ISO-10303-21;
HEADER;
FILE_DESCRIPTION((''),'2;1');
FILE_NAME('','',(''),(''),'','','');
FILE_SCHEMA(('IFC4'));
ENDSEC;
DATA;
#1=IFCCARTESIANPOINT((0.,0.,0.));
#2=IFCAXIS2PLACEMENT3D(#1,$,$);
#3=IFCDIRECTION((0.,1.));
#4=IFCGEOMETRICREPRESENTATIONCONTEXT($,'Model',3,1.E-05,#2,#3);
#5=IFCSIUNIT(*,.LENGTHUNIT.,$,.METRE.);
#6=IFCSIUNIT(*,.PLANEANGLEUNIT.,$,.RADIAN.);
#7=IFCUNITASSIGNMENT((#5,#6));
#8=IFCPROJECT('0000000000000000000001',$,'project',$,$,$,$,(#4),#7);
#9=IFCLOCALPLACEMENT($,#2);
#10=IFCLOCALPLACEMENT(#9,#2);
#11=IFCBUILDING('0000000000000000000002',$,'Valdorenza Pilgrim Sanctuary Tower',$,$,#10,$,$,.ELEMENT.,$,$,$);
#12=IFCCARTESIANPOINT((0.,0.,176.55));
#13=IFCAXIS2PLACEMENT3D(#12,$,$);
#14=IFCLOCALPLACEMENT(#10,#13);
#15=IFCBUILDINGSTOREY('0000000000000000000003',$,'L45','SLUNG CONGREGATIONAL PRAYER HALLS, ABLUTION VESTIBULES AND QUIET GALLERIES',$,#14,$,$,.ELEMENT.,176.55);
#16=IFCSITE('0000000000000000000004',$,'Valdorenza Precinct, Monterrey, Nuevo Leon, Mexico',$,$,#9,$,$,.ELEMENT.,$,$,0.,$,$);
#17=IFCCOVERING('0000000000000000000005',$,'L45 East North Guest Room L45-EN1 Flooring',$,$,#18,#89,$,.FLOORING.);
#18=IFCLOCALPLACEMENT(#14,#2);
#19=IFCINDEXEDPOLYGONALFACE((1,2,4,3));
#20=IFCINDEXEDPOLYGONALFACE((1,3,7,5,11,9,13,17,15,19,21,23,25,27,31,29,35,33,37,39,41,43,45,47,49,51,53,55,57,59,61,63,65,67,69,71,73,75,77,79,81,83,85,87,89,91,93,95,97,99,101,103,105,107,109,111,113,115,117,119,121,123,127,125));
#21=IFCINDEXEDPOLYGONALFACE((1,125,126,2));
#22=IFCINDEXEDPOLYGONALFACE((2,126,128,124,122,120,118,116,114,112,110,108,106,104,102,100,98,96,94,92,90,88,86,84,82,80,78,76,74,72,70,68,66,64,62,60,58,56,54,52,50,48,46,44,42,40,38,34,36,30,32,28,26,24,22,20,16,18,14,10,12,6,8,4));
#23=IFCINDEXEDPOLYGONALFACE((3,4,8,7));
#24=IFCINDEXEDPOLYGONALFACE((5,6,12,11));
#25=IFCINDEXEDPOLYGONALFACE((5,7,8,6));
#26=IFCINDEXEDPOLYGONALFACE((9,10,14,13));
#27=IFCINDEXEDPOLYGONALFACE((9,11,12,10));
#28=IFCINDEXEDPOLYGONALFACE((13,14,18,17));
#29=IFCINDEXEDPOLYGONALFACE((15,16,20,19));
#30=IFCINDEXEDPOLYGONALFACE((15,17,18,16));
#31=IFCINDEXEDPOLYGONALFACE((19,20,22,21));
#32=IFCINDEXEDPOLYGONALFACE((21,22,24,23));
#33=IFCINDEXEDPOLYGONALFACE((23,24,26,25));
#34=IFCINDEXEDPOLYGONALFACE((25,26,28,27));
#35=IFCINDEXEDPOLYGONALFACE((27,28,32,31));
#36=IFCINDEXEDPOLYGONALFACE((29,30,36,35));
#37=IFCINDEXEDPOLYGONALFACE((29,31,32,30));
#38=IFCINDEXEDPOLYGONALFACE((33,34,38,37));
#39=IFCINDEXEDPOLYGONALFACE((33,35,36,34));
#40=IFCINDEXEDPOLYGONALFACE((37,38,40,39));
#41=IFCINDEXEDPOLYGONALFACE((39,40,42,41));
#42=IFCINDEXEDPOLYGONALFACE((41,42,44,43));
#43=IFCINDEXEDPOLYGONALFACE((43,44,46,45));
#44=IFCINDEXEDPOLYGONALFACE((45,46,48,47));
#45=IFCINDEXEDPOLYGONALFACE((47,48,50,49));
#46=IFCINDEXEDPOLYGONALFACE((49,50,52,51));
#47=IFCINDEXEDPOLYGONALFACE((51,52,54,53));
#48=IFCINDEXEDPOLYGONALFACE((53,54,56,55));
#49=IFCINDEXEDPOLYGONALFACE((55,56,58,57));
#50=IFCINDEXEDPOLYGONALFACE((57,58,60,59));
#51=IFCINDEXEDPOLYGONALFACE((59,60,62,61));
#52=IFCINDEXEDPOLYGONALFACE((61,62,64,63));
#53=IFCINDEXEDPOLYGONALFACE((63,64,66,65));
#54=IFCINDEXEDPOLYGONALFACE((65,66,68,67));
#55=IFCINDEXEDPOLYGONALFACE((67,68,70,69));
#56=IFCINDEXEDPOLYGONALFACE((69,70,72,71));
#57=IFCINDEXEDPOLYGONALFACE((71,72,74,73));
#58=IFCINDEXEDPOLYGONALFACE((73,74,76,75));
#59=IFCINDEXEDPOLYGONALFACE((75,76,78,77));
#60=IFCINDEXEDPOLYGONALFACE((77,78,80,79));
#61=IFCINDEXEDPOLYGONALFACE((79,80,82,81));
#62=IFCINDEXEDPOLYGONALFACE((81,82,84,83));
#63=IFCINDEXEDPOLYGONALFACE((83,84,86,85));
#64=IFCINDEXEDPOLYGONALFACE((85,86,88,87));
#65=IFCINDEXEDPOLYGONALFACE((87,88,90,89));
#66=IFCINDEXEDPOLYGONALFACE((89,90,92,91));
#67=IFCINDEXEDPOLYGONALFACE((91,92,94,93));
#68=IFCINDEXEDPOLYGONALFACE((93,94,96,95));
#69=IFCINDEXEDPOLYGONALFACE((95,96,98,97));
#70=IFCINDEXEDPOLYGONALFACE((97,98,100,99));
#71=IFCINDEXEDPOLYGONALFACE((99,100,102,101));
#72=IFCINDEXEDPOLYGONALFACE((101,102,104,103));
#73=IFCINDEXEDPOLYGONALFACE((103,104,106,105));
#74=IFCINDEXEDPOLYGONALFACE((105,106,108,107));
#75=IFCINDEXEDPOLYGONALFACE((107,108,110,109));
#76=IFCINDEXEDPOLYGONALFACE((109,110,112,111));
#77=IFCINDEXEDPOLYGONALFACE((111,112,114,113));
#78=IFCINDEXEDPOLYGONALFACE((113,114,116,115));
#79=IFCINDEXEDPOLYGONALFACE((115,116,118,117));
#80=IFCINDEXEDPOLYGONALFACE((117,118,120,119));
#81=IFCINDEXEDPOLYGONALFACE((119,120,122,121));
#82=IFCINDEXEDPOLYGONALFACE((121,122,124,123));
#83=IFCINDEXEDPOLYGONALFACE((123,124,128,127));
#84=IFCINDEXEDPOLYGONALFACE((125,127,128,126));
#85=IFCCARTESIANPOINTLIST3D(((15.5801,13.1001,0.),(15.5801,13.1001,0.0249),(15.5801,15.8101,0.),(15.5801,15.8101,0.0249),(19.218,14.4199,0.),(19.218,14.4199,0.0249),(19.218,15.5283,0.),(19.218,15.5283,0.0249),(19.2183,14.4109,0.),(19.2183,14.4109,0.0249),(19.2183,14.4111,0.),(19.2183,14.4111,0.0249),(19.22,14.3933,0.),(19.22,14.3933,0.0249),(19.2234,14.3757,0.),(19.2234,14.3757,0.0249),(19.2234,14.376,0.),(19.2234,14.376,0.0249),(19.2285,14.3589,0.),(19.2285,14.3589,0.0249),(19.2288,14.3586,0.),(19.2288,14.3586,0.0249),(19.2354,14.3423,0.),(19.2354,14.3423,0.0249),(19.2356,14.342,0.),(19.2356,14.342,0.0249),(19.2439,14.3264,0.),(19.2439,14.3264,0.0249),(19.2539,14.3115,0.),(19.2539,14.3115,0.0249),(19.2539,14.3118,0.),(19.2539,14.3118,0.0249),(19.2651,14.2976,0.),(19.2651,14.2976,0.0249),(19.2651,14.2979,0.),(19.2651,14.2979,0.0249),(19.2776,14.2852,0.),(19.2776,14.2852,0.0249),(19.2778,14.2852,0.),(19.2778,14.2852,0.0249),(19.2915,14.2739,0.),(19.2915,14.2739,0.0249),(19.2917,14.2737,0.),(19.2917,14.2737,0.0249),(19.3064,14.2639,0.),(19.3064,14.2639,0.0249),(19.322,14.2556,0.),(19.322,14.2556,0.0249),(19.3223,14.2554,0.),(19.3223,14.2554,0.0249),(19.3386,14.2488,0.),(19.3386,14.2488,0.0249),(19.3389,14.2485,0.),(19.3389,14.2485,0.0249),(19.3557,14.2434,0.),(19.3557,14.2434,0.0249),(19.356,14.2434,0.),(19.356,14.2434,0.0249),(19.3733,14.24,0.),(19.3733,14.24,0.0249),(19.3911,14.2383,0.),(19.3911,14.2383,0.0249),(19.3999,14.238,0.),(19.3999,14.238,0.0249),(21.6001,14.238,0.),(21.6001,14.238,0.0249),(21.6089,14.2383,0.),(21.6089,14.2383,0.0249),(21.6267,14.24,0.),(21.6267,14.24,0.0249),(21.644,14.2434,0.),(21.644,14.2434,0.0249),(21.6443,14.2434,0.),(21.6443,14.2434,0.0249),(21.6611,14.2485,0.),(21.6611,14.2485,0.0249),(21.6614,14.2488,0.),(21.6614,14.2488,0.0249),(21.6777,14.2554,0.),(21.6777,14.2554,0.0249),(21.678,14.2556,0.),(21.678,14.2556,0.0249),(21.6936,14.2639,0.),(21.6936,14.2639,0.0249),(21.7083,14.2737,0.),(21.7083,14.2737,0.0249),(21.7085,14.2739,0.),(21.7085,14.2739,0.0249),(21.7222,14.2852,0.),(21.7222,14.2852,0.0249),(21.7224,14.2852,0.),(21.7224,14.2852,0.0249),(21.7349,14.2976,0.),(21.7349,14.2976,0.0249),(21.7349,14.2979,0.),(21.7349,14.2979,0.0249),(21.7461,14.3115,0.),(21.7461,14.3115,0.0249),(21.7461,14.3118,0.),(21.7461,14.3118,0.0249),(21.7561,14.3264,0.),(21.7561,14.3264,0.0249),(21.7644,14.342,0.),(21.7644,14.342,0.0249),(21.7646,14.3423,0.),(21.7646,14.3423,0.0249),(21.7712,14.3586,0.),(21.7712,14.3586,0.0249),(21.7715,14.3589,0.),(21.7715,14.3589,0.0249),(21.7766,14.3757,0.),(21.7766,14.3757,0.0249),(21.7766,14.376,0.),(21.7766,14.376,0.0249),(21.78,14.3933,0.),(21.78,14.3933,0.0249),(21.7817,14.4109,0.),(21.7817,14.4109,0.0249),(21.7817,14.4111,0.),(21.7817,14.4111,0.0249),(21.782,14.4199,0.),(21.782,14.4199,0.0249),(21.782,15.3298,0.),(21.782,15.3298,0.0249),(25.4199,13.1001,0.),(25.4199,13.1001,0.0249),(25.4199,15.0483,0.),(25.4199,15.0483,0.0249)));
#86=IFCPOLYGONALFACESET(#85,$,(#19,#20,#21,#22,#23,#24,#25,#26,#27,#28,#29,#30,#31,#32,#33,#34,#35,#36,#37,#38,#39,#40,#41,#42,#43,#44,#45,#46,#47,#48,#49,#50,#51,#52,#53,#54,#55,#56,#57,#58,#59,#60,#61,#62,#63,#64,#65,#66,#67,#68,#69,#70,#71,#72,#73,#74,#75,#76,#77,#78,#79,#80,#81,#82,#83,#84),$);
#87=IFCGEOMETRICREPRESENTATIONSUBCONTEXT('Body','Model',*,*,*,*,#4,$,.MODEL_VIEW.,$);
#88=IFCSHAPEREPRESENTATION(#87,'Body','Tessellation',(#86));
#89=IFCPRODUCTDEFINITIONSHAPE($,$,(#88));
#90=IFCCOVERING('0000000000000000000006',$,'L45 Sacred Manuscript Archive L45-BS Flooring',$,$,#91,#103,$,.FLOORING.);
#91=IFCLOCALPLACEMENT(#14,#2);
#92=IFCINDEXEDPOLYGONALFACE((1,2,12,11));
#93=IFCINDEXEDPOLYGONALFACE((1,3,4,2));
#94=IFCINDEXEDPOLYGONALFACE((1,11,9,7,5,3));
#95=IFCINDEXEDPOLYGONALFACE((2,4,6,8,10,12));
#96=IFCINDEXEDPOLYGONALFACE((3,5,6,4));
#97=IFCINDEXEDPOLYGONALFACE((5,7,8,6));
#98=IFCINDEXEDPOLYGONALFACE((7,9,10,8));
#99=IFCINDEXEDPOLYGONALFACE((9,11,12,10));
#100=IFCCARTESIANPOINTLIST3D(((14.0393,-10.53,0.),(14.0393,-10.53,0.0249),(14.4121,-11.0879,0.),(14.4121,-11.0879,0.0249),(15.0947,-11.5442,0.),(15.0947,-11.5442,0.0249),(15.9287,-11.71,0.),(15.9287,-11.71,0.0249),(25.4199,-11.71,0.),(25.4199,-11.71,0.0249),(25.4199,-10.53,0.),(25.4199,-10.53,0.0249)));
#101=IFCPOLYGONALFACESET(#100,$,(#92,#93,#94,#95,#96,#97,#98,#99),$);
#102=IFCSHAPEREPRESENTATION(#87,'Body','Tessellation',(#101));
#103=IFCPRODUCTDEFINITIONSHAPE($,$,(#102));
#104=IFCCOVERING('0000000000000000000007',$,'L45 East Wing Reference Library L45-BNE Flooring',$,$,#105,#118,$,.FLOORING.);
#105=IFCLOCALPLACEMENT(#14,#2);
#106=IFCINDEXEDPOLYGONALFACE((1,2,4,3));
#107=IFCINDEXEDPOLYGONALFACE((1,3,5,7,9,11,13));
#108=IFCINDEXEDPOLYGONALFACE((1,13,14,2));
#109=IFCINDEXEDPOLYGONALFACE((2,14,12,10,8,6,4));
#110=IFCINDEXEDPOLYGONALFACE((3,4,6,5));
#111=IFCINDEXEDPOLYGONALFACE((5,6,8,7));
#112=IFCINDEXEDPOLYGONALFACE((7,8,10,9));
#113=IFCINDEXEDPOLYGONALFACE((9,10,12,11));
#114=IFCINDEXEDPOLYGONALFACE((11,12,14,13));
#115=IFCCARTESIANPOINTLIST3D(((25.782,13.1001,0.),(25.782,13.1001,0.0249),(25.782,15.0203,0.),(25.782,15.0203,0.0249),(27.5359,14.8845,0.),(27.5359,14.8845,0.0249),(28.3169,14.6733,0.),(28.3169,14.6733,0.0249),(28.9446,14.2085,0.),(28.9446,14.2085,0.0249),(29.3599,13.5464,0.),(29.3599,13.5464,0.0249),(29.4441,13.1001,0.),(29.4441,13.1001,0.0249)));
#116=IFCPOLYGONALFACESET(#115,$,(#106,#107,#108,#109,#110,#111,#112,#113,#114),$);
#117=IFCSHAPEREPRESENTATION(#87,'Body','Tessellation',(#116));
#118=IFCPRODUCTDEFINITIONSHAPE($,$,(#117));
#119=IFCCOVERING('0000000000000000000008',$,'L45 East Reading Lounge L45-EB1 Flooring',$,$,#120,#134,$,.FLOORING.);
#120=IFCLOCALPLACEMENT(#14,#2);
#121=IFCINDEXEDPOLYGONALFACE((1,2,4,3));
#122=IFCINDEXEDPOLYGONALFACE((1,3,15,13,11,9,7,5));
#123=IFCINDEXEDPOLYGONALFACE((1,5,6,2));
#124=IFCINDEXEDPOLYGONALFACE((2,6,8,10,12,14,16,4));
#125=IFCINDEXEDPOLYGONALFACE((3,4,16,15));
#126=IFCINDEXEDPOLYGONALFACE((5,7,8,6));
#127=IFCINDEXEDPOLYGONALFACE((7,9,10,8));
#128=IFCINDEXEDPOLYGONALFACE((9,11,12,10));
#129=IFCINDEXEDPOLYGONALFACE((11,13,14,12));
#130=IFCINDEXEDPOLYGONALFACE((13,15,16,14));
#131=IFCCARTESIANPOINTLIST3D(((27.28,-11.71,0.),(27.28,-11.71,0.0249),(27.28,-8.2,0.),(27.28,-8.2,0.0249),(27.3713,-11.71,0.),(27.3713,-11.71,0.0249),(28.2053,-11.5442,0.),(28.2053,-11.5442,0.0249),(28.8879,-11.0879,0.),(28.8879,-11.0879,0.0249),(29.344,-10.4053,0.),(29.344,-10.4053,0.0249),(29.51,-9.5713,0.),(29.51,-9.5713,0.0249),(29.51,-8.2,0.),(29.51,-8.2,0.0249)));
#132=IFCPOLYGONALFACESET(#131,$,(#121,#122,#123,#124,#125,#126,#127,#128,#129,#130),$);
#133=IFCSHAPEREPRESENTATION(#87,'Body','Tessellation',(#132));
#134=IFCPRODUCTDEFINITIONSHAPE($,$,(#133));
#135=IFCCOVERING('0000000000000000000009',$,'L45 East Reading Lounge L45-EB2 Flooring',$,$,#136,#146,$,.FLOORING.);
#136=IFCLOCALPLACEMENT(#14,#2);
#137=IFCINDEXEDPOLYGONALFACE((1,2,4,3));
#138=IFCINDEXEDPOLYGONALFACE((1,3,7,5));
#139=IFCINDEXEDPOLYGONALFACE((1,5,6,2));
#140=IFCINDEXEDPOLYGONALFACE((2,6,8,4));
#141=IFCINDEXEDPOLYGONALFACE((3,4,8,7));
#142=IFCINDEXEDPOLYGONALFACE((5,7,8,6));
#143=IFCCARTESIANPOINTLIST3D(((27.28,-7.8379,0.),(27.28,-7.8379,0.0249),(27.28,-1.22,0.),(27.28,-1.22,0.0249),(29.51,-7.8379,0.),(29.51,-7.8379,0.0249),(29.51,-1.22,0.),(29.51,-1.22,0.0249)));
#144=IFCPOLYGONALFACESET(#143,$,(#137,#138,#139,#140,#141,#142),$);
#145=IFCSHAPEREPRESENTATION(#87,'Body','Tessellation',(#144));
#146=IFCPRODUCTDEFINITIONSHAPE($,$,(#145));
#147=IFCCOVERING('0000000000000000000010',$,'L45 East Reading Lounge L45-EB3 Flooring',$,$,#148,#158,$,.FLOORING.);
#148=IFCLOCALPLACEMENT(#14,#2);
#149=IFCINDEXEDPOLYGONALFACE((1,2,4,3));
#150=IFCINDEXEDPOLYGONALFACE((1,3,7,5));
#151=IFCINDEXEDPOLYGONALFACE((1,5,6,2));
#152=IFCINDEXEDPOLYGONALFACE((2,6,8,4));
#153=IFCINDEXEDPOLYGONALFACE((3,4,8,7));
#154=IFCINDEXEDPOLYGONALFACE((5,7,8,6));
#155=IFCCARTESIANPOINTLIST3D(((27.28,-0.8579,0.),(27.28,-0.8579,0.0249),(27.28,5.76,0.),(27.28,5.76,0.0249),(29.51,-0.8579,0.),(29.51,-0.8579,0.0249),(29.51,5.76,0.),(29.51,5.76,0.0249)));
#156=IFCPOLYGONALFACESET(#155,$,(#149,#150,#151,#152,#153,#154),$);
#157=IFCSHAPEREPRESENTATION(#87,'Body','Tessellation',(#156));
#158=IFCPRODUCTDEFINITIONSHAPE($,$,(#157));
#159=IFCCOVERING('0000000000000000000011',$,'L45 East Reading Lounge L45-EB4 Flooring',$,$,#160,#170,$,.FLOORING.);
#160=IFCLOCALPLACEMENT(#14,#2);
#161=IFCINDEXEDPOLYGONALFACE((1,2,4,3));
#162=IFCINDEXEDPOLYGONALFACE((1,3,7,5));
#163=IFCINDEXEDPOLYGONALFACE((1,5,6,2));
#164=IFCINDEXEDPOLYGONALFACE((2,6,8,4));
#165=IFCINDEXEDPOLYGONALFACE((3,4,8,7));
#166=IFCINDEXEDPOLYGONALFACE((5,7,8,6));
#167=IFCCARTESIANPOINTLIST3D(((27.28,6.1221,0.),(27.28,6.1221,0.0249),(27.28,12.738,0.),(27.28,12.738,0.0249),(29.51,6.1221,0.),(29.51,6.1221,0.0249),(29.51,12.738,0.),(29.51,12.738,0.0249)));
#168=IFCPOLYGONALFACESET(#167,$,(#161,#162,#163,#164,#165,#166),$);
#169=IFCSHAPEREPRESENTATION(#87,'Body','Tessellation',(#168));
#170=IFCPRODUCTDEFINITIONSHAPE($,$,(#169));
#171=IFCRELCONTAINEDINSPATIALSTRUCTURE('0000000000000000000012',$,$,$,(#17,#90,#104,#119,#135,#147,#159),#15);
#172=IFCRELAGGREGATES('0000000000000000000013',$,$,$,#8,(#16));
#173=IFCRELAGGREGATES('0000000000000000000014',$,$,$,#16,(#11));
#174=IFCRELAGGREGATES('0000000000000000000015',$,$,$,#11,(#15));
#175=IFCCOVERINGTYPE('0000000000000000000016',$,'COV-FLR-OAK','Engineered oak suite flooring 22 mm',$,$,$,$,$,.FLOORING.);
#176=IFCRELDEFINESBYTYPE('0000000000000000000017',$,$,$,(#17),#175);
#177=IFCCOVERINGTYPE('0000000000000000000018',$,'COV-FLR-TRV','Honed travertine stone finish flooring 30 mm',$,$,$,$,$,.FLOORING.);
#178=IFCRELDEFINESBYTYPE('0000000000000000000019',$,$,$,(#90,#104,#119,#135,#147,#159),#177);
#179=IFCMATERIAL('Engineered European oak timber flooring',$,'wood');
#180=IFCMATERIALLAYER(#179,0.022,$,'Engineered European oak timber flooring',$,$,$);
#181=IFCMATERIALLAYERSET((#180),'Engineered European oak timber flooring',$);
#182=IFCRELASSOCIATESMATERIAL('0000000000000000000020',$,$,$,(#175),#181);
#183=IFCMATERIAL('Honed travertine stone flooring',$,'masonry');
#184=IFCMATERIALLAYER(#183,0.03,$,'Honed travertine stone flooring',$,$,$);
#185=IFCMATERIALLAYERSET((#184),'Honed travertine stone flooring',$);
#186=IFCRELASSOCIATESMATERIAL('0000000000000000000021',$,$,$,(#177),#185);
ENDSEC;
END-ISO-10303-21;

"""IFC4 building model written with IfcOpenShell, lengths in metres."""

from ifc_helpers import new_model, si_unit, direction, frame, origin, place, context, subcontext, project, spatial, polyline, outline, extrude, material, layer, layer_set, type_object, element, save


model = new_model("IFC4")

# Units and contexts
model_context = context("Model", 3, precision=1e-05, world=origin(), true_north=direction((0.0, 1.0)))
body_context = subcontext(model_context, "Body", "Model", "MODEL_VIEW")
ifc_project = project(units=[si_unit("LENGTHUNIT", "METRE"), si_unit("PLANEANGLEUNIT", "RADIAN")], contexts=[model_context])

# Site, building, storey
site_placement = place(None, origin())
site = spatial("IfcSite", under=ifc_project, at=site_placement, Name="Valdorenza Precinct, Monterrey, Nuevo Leon, Mexico", CompositionType="ELEMENT", RefElevation=0.0)
building_placement = place(site_placement, origin())
building = spatial("IfcBuilding", under=site, at=building_placement, Name="Valdorenza Pilgrim Sanctuary Tower", CompositionType="ELEMENT")
storey_placement = place(building_placement, frame((0.0, 0.0, 176.55)))
storey = spatial("IfcBuildingStorey", under=building, at=storey_placement, Name="L45", Description="SLUNG CONGREGATIONAL PRAYER HALLS, ABLUTION VESTIBULES AND QUIET GALLERIES", CompositionType="ELEMENT", Elevation=176.55)

# Coverings
ifc_material_1 = material(Name="Engineered European oak timber flooring", Category="wood")
ifc_layer_1 = layer(ifc_material_1, 0.022, Name="Engineered European oak timber flooring")
ifc_layer_set_1 = layer_set([ifc_layer_1], Name="Engineered European oak timber flooring")
covering_type_1 = type_object("IfcCoveringType", Name="COV-FLR-OAK", Description="Engineered oak suite flooring 22 mm", PredefinedType="FLOORING", material=ifc_layer_set_1)
covering_1_placement = place(storey_placement, origin())
element("IfcCovering", 1, at=covering_1_placement, inside=storey, type_object=covering_type_1, Name="L45 East North Guest Room L45-EN1 Flooring", PredefinedType="FLOORING", context=body_context, shape_type="SweptSolid", body=[
    extrude(outline(polyline([(15.5801, 13.1001), (15.5801, 15.8101), (19.218, 15.5283), (19.218, 14.4199), (19.2183, 14.4111), (19.2183, 14.4109), (19.22, 14.3933), (19.22, 14.3933), (19.2234, 14.376), (19.2234, 14.3757), (19.2285, 14.3589), (19.2288, 14.3586), (19.2354, 14.3423), (19.2356, 14.342), (19.2439, 14.3264), (19.2439, 14.3264), (19.2539, 14.3118), (19.2539, 14.3115), (19.2651, 14.2979), (19.2651, 14.2976), (19.2776, 14.2852), (19.2778, 14.2852), (19.2915, 14.2739), (19.2917, 14.2737), (19.3064, 14.2639), (19.3064, 14.2639), (19.322, 14.2556), (19.3223, 14.2554), (19.3386, 14.2488), (19.3389, 14.2485), (19.3557, 14.2434), (19.356, 14.2434), (19.3733, 14.24), (19.3733, 14.24), (19.3911, 14.2383), (19.3911, 14.2383), (19.3999, 14.238), (21.6001, 14.238), (21.6089, 14.2383), (21.6089, 14.2383), (21.6267, 14.24), (21.6267, 14.24), (21.644, 14.2434), (21.6443, 14.2434), (21.6611, 14.2485), (21.6614, 14.2488), (21.6777, 14.2554), (21.678, 14.2556), (21.6936, 14.2639), (21.6936, 14.2639), (21.7083, 14.2737), (21.7085, 14.2739), (21.7222, 14.2852), (21.7224, 14.2852), (21.7349, 14.2976), (21.7349, 14.2979), (21.7461, 14.3115), (21.7461, 14.3118), (21.7561, 14.3264), (21.7561, 14.3264), (21.7644, 14.342), (21.7646, 14.3423), (21.7712, 14.3586), (21.7715, 14.3589), (21.7766, 14.3757), (21.7766, 14.376), (21.78, 14.3933), (21.78, 14.3933), (21.7817, 14.4109), (21.7817, 14.4111), (21.782, 14.4199), (21.782, 15.3298), (25.4199, 15.0483), (25.4199, 13.1001), (15.5801, 13.1001)])), origin(), (0.0, 0.0, 1.0), 0.0249),
])
ifc_material_2 = material(Name="Honed travertine stone flooring", Category="masonry")
ifc_layer_2 = layer(ifc_material_2, 0.03, Name="Honed travertine stone flooring")
ifc_layer_set_2 = layer_set([ifc_layer_2], Name="Honed travertine stone flooring")
covering_type_2 = type_object("IfcCoveringType", Name="COV-FLR-TRV", Description="Honed travertine stone finish flooring 30 mm", PredefinedType="FLOORING", material=ifc_layer_set_2)
covering_2_placement = place(storey_placement, origin())
element("IfcCovering", 2, at=covering_2_placement, inside=storey, type_object=covering_type_2, Name="L45 Sacred Manuscript Archive L45-BS Flooring", PredefinedType="FLOORING", context=body_context, shape_type="SweptSolid", body=[
    extrude(outline(polyline([(14.0393, -10.53), (25.4199, -10.53), (25.4199, -11.71), (15.9287, -11.71), (15.0947, -11.5442), (14.4121, -11.0879), (14.0393, -10.53)])), origin(), (0.0, 0.0, 1.0), 0.0249),
])
covering_3_placement = place(storey_placement, origin())
element("IfcCovering", 3, at=covering_3_placement, inside=storey, type_object=covering_type_2, Name="L45 East Wing Reference Library L45-BNE Flooring", PredefinedType="FLOORING", context=body_context, shape_type="SweptSolid", body=[
    extrude(outline(polyline([(27.5359, 14.8845), (28.3169, 14.6733), (28.9446, 14.2085), (29.3599, 13.5464), (29.4441, 13.1001), (25.782, 13.1001), (25.782, 15.0203), (27.5359, 14.8845)])), origin(), (0.0, 0.0, 1.0), 0.0249),
])
covering_4_placement = place(storey_placement, origin())
element("IfcCovering", 4, at=covering_4_placement, inside=storey, type_object=covering_type_2, Name="L45 East Reading Lounge L45-EB1 Flooring", PredefinedType="FLOORING", context=body_context, shape_type="SweptSolid", body=[
    extrude(outline(polyline([(29.51, -8.2), (29.51, -9.5713), (29.344, -10.4053), (28.8879, -11.0879), (28.2053, -11.5442), (27.3713, -11.71), (27.28, -11.71), (27.28, -8.2), (29.51, -8.2)])), origin(), (0.0, 0.0, 1.0), 0.0249),
])
covering_5_placement = place(storey_placement, origin())
element("IfcCovering", 5, at=covering_5_placement, inside=storey, type_object=covering_type_2, Name="L45 East Reading Lounge L45-EB2 Flooring", PredefinedType="FLOORING", context=body_context, shape_type="SweptSolid", body=[
    extrude(outline(polyline([(27.28, -1.22), (29.51, -1.22), (29.51, -7.8379), (27.28, -7.8379), (27.28, -1.22)])), origin(), (0.0, 0.0, 1.0), 0.0249),
])
covering_6_placement = place(storey_placement, origin())
element("IfcCovering", 6, at=covering_6_placement, inside=storey, type_object=covering_type_2, Name="L45 East Reading Lounge L45-EB3 Flooring", PredefinedType="FLOORING", context=body_context, shape_type="SweptSolid", body=[
    extrude(outline(polyline([(27.28, 5.76), (29.51, 5.76), (29.51, -0.8579), (27.28, -0.8579), (27.28, 5.76)])), origin(), (0.0, 0.0, 1.0), 0.0249),
])
covering_7_placement = place(storey_placement, origin())
element("IfcCovering", 7, at=covering_7_placement, inside=storey, type_object=covering_type_2, Name="L45 East Reading Lounge L45-EB4 Flooring", PredefinedType="FLOORING", context=body_context, shape_type="SweptSolid", body=[
    extrude(outline(polyline([(27.28, 12.738), (29.51, 12.738), (29.51, 6.1221), (27.28, 6.1221), (27.28, 12.738)])), origin(), (0.0, 0.0, 1.0), 0.0249),
])

save(model, "model.ifc")
